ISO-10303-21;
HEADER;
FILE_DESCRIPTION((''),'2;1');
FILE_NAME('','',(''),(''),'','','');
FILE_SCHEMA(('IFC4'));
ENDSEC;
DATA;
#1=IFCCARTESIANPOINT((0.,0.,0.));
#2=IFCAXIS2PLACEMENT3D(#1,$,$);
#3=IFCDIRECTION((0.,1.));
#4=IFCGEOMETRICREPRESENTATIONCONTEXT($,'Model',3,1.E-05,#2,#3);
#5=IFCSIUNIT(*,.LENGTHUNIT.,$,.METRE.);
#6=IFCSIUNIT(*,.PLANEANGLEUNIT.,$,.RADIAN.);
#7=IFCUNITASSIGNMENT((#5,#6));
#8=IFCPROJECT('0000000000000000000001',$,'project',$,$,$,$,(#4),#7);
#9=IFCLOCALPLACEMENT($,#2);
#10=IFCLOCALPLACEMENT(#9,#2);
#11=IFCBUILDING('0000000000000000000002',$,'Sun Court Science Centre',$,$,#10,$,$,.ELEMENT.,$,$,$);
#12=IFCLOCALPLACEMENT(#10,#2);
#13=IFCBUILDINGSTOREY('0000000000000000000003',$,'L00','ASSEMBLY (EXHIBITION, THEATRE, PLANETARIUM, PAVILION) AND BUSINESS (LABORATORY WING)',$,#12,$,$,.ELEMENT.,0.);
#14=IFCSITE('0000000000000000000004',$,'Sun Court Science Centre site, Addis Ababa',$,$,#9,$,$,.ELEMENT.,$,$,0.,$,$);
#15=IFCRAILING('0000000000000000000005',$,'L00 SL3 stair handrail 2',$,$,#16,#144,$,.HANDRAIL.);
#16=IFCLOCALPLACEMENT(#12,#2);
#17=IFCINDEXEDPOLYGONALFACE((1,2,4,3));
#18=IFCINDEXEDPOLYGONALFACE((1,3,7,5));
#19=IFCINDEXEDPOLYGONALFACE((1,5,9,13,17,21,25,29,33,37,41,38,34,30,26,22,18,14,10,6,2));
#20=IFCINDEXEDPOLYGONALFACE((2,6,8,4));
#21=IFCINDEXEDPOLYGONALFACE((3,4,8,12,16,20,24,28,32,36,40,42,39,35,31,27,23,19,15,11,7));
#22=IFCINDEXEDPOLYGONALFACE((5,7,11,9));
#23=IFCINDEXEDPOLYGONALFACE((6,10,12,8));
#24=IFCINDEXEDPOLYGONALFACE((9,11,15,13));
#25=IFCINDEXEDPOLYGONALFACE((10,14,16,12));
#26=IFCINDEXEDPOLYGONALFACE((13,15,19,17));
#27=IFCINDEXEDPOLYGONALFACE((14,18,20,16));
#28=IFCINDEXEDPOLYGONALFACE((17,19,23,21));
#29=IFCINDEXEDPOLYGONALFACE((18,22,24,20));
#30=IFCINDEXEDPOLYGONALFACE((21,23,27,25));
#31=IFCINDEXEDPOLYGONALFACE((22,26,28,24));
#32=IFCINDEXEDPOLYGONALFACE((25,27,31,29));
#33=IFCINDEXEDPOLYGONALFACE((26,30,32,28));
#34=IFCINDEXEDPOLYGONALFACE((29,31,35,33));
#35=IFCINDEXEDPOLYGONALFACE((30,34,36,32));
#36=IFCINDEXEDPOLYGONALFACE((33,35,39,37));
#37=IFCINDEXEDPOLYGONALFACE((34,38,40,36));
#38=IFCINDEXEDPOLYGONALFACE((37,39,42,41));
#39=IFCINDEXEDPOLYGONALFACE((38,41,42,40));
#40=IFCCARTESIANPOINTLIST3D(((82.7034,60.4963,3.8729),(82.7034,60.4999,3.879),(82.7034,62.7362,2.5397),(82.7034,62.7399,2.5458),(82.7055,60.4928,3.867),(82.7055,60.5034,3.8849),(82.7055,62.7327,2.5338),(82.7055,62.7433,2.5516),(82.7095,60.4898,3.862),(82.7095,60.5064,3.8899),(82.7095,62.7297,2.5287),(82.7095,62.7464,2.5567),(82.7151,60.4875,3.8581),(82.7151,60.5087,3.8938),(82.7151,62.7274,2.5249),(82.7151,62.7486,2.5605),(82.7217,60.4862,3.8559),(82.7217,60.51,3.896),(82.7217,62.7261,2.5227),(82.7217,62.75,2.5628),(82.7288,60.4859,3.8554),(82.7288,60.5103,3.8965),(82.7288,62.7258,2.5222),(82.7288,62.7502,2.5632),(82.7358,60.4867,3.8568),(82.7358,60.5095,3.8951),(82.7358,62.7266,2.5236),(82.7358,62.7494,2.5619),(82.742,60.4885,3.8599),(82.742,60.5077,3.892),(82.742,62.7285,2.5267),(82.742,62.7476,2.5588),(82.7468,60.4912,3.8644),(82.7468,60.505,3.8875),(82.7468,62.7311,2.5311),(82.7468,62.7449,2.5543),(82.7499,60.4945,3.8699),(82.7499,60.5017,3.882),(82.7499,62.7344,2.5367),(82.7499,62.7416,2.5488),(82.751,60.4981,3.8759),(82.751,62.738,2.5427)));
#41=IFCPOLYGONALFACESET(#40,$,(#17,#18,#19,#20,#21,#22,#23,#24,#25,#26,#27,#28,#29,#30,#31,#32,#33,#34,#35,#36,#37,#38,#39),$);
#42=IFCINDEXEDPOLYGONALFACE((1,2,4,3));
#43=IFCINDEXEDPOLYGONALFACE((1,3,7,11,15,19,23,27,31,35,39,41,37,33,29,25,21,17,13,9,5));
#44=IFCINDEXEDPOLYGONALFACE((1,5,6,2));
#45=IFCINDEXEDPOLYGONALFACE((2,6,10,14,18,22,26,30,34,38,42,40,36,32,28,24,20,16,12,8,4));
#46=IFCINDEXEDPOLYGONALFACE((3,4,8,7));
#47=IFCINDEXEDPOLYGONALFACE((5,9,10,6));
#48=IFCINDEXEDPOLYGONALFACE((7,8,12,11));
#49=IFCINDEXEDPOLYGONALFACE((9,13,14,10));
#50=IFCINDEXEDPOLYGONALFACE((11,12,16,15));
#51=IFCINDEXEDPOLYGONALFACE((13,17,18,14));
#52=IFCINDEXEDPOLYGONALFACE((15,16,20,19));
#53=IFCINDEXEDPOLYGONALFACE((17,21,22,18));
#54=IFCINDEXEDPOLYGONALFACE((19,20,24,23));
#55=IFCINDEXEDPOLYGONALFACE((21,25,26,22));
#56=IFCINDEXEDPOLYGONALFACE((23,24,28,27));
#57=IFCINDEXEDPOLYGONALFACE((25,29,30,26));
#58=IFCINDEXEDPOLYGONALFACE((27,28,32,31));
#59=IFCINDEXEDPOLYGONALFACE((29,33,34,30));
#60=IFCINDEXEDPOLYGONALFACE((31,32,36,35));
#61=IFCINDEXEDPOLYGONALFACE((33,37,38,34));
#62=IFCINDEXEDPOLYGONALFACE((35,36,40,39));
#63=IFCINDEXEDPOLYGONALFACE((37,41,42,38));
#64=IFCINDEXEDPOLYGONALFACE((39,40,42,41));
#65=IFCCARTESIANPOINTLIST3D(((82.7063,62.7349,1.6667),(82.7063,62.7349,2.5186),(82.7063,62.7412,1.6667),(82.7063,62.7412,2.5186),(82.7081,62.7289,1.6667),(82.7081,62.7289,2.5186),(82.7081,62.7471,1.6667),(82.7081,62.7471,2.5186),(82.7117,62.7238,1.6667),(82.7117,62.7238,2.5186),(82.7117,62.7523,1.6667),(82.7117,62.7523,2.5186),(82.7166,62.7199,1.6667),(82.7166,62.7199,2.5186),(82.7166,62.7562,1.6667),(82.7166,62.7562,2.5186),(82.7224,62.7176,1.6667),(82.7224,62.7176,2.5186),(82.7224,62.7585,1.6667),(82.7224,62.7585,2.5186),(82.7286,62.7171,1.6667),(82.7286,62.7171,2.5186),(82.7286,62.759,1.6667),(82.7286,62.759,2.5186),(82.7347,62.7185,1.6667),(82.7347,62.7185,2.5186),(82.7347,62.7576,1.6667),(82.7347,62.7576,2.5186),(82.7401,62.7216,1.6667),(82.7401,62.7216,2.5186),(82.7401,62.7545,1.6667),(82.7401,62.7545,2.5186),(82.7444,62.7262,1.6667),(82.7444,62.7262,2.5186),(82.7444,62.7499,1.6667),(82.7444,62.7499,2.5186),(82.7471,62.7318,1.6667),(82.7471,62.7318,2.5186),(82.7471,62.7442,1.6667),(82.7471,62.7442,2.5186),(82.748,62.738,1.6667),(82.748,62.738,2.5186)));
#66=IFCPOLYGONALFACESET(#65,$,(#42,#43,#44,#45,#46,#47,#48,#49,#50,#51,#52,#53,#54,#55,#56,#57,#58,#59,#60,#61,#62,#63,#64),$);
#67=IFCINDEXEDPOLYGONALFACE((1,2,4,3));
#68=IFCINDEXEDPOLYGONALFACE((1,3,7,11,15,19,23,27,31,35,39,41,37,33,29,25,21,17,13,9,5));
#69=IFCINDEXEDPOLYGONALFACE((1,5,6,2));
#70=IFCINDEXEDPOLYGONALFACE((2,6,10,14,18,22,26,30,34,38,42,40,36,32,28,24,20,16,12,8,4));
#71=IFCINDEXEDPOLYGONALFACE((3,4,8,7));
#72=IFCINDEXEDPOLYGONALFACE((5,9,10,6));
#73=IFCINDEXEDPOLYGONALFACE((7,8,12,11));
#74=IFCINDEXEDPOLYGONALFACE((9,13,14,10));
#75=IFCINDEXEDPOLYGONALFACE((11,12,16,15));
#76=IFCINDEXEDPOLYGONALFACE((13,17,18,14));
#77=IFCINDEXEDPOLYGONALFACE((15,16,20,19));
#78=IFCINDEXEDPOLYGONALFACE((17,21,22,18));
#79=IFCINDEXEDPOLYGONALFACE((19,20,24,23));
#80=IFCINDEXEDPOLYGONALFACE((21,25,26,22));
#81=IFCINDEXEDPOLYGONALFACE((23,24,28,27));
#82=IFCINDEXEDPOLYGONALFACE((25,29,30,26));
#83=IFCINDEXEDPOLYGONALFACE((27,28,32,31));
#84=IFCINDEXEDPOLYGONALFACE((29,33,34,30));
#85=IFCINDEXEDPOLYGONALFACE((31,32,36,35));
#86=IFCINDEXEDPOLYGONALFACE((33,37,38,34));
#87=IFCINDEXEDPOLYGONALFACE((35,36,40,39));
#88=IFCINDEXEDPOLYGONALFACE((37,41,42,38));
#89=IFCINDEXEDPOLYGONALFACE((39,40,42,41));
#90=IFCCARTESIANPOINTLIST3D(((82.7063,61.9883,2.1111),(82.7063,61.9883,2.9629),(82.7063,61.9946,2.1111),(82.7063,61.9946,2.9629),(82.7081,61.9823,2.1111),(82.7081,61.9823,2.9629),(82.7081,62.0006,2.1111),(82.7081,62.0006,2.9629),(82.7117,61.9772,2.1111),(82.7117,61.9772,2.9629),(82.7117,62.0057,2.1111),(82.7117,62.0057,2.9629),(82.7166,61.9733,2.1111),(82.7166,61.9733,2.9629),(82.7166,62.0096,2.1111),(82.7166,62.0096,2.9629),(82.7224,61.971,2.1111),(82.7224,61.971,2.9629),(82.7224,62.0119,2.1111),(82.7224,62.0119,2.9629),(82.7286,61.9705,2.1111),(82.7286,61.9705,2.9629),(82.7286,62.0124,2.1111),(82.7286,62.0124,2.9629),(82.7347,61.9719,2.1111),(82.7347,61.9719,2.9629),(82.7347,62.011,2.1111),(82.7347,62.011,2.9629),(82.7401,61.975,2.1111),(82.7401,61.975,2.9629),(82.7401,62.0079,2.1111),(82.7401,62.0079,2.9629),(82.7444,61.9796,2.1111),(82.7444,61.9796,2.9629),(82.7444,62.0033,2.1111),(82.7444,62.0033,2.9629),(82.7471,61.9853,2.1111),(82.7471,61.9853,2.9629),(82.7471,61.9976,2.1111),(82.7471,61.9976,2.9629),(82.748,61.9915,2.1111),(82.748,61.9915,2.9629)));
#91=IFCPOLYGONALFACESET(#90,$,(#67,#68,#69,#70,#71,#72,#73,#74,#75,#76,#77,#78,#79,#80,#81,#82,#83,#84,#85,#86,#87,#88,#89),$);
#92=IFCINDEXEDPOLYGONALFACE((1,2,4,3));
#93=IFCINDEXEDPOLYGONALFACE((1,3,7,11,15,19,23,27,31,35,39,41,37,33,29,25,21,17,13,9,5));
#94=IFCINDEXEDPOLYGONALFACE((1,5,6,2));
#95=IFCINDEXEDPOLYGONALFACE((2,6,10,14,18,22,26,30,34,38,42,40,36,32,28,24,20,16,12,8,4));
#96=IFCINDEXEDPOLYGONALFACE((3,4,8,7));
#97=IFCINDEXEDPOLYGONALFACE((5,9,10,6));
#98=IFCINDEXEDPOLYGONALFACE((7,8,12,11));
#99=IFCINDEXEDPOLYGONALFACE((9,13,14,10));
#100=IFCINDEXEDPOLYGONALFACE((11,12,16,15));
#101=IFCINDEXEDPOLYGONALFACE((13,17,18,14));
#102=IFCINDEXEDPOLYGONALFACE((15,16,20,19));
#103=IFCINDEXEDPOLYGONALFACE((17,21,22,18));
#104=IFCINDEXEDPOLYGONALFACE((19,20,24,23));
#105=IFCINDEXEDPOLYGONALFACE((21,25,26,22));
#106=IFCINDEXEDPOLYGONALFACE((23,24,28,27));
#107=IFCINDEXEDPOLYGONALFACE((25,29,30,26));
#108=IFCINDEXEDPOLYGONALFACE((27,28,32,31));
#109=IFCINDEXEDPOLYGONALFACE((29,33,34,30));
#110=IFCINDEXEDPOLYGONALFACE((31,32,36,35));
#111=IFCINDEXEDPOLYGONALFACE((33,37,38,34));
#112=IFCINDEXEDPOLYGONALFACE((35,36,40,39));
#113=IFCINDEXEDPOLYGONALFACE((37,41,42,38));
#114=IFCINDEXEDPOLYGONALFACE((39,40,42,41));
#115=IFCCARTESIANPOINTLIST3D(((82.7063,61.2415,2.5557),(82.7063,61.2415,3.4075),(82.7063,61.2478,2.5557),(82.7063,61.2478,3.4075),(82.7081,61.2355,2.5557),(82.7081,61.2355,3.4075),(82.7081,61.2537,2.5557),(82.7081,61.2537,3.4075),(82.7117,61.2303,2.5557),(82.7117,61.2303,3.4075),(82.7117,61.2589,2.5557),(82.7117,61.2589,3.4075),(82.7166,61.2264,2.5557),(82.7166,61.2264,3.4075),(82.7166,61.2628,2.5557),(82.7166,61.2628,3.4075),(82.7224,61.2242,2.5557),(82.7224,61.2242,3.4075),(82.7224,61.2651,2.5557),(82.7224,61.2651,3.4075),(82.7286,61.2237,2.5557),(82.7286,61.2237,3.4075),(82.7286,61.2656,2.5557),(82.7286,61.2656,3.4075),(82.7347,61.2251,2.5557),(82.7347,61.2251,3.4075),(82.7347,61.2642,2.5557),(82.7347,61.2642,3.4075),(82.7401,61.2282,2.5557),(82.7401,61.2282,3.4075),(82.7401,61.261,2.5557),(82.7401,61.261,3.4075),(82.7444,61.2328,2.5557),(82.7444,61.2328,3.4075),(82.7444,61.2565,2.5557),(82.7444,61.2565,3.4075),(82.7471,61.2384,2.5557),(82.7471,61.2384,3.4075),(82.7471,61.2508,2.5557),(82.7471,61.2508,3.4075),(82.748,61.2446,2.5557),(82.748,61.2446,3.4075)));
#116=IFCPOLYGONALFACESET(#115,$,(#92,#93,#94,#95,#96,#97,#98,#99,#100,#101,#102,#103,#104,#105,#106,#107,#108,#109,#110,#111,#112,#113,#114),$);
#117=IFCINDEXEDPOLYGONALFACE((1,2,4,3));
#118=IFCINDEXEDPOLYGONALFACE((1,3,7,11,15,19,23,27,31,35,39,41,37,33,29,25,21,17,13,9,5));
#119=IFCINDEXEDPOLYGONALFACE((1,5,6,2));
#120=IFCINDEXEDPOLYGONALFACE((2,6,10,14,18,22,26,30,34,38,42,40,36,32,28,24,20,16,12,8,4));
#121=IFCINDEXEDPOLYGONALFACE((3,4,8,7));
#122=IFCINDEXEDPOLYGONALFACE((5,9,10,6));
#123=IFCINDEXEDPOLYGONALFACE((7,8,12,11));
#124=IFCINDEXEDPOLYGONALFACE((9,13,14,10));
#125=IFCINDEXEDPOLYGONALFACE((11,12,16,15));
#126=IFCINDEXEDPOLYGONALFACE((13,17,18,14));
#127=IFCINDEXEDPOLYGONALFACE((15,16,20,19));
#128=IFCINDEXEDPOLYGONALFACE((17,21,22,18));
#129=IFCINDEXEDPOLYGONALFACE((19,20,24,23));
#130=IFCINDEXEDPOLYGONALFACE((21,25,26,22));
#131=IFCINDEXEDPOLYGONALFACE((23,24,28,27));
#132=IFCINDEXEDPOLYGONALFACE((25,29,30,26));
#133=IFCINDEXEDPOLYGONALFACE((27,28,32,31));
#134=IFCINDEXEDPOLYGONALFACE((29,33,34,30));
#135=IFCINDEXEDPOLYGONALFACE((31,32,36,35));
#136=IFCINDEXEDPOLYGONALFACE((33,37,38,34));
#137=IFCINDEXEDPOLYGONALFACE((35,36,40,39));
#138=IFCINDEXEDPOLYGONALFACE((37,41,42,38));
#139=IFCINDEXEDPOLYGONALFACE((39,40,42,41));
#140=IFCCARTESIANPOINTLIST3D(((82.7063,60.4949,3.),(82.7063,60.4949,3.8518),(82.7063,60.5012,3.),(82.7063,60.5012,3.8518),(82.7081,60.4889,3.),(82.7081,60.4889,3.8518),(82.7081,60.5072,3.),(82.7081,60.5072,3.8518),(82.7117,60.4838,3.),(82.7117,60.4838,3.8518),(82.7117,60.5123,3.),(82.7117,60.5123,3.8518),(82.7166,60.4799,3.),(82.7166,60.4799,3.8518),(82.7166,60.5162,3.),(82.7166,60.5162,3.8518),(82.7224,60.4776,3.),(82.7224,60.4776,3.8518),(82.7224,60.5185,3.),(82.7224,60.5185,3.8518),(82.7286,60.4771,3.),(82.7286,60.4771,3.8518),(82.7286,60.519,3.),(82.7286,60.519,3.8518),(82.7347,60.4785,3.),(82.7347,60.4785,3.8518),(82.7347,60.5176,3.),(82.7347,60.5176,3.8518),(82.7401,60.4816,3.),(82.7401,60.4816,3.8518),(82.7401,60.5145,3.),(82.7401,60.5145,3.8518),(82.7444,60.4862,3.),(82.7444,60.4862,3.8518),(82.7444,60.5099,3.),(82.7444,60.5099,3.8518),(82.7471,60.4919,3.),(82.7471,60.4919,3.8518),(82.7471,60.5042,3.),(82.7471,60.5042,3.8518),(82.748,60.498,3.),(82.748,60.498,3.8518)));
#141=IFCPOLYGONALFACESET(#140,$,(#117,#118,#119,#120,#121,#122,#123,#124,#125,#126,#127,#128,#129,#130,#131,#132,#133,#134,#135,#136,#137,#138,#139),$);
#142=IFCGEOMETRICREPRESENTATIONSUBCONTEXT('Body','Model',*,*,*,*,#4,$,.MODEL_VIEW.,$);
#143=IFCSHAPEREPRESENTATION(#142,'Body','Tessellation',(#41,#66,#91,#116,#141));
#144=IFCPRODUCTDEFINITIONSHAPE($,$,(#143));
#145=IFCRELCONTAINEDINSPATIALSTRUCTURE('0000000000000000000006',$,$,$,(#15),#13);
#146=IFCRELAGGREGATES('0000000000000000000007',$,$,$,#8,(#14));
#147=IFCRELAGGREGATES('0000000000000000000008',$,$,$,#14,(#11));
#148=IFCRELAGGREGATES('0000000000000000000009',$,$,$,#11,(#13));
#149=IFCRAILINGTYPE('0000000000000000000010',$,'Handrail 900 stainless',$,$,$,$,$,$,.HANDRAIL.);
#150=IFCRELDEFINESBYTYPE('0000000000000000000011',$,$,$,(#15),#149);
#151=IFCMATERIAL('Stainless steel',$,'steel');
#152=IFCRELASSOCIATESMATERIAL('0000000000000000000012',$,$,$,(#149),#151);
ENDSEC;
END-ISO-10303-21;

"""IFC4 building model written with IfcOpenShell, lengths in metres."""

from ifc_helpers import new_model, si_unit, direction, frame, origin, origin_2d, place, context, subcontext, project, spatial, circle, extrude, material, type_object, element, save


model = new_model("IFC4")

# Units and contexts
model_context = context("Model", 3, precision=1e-05, world=origin(), true_north=direction((0.0, 1.0)))
body_context = subcontext(model_context, "Body", "Model", "MODEL_VIEW")
ifc_project = project(units=[si_unit("LENGTHUNIT", "METRE"), si_unit("PLANEANGLEUNIT", "RADIAN")], contexts=[model_context])

# Site, building, storey
site_placement = place(None, origin())
site = spatial("IfcSite", under=ifc_project, at=site_placement, Name="Sun Court Science Centre site, Addis Ababa", CompositionType="ELEMENT", RefElevation=0.0)
building_placement = place(site_placement, origin())
building = spatial("IfcBuilding", under=site, at=building_placement, Name="Sun Court Science Centre", CompositionType="ELEMENT")
storey_placement = place(building_placement, origin())
storey = spatial("IfcBuildingStorey", under=building, at=storey_placement, Name="L00", Description="ASSEMBLY (EXHIBITION, THEATRE, PLANETARIUM, PAVILION) AND BUSINESS (LABORATORY WING)", CompositionType="ELEMENT", Elevation=0.0)

# Railing
ifc_material_1 = material(Name="Stainless steel", Category="steel")
railing_type_1 = type_object("IfcRailingType", Name="Handrail 900 stainless", PredefinedType="HANDRAIL", material=ifc_material_1)
railing_1_placement = place(storey_placement, frame((82.7271, 62.738, 1.6667)))
element("IfcRailing", 1, at=railing_1_placement, inside=storey, type_object=railing_type_1, Name="L00 SL3 stair handrail 2", PredefinedType="HANDRAIL", context=body_context, shape_type="SweptSolid", body=[
    extrude(circle(Radius=0.0239, at=origin_2d()), frame((0.0, 0.0, 0.876), z_axis=(0.0, -0.859306, 0.511462), x_axis=(1.0, 0.0, 0.0)), (0.0, 0.0, 1.0), 2.6067),
    extrude(circle(Radius=0.021, at=origin_2d()), origin(), (0.0, 0.0, 1.0), 0.8518),
    extrude(circle(Radius=0.021, at=origin_2d()), frame((0.0, -0.7466, 0.4443)), (0.0, 0.0, 1.0), 0.8518),
    extrude(circle(Radius=0.021, at=origin_2d()), frame((0.0, -1.4934, 0.8889)), (0.0, 0.0, 1.0), 0.8518),
    extrude(circle(Radius=0.021, at=origin_2d()), frame((0.0, -2.24, 1.3333)), (0.0, 0.0, 1.0), 0.8518),
])

save(model, "model.ifc")
